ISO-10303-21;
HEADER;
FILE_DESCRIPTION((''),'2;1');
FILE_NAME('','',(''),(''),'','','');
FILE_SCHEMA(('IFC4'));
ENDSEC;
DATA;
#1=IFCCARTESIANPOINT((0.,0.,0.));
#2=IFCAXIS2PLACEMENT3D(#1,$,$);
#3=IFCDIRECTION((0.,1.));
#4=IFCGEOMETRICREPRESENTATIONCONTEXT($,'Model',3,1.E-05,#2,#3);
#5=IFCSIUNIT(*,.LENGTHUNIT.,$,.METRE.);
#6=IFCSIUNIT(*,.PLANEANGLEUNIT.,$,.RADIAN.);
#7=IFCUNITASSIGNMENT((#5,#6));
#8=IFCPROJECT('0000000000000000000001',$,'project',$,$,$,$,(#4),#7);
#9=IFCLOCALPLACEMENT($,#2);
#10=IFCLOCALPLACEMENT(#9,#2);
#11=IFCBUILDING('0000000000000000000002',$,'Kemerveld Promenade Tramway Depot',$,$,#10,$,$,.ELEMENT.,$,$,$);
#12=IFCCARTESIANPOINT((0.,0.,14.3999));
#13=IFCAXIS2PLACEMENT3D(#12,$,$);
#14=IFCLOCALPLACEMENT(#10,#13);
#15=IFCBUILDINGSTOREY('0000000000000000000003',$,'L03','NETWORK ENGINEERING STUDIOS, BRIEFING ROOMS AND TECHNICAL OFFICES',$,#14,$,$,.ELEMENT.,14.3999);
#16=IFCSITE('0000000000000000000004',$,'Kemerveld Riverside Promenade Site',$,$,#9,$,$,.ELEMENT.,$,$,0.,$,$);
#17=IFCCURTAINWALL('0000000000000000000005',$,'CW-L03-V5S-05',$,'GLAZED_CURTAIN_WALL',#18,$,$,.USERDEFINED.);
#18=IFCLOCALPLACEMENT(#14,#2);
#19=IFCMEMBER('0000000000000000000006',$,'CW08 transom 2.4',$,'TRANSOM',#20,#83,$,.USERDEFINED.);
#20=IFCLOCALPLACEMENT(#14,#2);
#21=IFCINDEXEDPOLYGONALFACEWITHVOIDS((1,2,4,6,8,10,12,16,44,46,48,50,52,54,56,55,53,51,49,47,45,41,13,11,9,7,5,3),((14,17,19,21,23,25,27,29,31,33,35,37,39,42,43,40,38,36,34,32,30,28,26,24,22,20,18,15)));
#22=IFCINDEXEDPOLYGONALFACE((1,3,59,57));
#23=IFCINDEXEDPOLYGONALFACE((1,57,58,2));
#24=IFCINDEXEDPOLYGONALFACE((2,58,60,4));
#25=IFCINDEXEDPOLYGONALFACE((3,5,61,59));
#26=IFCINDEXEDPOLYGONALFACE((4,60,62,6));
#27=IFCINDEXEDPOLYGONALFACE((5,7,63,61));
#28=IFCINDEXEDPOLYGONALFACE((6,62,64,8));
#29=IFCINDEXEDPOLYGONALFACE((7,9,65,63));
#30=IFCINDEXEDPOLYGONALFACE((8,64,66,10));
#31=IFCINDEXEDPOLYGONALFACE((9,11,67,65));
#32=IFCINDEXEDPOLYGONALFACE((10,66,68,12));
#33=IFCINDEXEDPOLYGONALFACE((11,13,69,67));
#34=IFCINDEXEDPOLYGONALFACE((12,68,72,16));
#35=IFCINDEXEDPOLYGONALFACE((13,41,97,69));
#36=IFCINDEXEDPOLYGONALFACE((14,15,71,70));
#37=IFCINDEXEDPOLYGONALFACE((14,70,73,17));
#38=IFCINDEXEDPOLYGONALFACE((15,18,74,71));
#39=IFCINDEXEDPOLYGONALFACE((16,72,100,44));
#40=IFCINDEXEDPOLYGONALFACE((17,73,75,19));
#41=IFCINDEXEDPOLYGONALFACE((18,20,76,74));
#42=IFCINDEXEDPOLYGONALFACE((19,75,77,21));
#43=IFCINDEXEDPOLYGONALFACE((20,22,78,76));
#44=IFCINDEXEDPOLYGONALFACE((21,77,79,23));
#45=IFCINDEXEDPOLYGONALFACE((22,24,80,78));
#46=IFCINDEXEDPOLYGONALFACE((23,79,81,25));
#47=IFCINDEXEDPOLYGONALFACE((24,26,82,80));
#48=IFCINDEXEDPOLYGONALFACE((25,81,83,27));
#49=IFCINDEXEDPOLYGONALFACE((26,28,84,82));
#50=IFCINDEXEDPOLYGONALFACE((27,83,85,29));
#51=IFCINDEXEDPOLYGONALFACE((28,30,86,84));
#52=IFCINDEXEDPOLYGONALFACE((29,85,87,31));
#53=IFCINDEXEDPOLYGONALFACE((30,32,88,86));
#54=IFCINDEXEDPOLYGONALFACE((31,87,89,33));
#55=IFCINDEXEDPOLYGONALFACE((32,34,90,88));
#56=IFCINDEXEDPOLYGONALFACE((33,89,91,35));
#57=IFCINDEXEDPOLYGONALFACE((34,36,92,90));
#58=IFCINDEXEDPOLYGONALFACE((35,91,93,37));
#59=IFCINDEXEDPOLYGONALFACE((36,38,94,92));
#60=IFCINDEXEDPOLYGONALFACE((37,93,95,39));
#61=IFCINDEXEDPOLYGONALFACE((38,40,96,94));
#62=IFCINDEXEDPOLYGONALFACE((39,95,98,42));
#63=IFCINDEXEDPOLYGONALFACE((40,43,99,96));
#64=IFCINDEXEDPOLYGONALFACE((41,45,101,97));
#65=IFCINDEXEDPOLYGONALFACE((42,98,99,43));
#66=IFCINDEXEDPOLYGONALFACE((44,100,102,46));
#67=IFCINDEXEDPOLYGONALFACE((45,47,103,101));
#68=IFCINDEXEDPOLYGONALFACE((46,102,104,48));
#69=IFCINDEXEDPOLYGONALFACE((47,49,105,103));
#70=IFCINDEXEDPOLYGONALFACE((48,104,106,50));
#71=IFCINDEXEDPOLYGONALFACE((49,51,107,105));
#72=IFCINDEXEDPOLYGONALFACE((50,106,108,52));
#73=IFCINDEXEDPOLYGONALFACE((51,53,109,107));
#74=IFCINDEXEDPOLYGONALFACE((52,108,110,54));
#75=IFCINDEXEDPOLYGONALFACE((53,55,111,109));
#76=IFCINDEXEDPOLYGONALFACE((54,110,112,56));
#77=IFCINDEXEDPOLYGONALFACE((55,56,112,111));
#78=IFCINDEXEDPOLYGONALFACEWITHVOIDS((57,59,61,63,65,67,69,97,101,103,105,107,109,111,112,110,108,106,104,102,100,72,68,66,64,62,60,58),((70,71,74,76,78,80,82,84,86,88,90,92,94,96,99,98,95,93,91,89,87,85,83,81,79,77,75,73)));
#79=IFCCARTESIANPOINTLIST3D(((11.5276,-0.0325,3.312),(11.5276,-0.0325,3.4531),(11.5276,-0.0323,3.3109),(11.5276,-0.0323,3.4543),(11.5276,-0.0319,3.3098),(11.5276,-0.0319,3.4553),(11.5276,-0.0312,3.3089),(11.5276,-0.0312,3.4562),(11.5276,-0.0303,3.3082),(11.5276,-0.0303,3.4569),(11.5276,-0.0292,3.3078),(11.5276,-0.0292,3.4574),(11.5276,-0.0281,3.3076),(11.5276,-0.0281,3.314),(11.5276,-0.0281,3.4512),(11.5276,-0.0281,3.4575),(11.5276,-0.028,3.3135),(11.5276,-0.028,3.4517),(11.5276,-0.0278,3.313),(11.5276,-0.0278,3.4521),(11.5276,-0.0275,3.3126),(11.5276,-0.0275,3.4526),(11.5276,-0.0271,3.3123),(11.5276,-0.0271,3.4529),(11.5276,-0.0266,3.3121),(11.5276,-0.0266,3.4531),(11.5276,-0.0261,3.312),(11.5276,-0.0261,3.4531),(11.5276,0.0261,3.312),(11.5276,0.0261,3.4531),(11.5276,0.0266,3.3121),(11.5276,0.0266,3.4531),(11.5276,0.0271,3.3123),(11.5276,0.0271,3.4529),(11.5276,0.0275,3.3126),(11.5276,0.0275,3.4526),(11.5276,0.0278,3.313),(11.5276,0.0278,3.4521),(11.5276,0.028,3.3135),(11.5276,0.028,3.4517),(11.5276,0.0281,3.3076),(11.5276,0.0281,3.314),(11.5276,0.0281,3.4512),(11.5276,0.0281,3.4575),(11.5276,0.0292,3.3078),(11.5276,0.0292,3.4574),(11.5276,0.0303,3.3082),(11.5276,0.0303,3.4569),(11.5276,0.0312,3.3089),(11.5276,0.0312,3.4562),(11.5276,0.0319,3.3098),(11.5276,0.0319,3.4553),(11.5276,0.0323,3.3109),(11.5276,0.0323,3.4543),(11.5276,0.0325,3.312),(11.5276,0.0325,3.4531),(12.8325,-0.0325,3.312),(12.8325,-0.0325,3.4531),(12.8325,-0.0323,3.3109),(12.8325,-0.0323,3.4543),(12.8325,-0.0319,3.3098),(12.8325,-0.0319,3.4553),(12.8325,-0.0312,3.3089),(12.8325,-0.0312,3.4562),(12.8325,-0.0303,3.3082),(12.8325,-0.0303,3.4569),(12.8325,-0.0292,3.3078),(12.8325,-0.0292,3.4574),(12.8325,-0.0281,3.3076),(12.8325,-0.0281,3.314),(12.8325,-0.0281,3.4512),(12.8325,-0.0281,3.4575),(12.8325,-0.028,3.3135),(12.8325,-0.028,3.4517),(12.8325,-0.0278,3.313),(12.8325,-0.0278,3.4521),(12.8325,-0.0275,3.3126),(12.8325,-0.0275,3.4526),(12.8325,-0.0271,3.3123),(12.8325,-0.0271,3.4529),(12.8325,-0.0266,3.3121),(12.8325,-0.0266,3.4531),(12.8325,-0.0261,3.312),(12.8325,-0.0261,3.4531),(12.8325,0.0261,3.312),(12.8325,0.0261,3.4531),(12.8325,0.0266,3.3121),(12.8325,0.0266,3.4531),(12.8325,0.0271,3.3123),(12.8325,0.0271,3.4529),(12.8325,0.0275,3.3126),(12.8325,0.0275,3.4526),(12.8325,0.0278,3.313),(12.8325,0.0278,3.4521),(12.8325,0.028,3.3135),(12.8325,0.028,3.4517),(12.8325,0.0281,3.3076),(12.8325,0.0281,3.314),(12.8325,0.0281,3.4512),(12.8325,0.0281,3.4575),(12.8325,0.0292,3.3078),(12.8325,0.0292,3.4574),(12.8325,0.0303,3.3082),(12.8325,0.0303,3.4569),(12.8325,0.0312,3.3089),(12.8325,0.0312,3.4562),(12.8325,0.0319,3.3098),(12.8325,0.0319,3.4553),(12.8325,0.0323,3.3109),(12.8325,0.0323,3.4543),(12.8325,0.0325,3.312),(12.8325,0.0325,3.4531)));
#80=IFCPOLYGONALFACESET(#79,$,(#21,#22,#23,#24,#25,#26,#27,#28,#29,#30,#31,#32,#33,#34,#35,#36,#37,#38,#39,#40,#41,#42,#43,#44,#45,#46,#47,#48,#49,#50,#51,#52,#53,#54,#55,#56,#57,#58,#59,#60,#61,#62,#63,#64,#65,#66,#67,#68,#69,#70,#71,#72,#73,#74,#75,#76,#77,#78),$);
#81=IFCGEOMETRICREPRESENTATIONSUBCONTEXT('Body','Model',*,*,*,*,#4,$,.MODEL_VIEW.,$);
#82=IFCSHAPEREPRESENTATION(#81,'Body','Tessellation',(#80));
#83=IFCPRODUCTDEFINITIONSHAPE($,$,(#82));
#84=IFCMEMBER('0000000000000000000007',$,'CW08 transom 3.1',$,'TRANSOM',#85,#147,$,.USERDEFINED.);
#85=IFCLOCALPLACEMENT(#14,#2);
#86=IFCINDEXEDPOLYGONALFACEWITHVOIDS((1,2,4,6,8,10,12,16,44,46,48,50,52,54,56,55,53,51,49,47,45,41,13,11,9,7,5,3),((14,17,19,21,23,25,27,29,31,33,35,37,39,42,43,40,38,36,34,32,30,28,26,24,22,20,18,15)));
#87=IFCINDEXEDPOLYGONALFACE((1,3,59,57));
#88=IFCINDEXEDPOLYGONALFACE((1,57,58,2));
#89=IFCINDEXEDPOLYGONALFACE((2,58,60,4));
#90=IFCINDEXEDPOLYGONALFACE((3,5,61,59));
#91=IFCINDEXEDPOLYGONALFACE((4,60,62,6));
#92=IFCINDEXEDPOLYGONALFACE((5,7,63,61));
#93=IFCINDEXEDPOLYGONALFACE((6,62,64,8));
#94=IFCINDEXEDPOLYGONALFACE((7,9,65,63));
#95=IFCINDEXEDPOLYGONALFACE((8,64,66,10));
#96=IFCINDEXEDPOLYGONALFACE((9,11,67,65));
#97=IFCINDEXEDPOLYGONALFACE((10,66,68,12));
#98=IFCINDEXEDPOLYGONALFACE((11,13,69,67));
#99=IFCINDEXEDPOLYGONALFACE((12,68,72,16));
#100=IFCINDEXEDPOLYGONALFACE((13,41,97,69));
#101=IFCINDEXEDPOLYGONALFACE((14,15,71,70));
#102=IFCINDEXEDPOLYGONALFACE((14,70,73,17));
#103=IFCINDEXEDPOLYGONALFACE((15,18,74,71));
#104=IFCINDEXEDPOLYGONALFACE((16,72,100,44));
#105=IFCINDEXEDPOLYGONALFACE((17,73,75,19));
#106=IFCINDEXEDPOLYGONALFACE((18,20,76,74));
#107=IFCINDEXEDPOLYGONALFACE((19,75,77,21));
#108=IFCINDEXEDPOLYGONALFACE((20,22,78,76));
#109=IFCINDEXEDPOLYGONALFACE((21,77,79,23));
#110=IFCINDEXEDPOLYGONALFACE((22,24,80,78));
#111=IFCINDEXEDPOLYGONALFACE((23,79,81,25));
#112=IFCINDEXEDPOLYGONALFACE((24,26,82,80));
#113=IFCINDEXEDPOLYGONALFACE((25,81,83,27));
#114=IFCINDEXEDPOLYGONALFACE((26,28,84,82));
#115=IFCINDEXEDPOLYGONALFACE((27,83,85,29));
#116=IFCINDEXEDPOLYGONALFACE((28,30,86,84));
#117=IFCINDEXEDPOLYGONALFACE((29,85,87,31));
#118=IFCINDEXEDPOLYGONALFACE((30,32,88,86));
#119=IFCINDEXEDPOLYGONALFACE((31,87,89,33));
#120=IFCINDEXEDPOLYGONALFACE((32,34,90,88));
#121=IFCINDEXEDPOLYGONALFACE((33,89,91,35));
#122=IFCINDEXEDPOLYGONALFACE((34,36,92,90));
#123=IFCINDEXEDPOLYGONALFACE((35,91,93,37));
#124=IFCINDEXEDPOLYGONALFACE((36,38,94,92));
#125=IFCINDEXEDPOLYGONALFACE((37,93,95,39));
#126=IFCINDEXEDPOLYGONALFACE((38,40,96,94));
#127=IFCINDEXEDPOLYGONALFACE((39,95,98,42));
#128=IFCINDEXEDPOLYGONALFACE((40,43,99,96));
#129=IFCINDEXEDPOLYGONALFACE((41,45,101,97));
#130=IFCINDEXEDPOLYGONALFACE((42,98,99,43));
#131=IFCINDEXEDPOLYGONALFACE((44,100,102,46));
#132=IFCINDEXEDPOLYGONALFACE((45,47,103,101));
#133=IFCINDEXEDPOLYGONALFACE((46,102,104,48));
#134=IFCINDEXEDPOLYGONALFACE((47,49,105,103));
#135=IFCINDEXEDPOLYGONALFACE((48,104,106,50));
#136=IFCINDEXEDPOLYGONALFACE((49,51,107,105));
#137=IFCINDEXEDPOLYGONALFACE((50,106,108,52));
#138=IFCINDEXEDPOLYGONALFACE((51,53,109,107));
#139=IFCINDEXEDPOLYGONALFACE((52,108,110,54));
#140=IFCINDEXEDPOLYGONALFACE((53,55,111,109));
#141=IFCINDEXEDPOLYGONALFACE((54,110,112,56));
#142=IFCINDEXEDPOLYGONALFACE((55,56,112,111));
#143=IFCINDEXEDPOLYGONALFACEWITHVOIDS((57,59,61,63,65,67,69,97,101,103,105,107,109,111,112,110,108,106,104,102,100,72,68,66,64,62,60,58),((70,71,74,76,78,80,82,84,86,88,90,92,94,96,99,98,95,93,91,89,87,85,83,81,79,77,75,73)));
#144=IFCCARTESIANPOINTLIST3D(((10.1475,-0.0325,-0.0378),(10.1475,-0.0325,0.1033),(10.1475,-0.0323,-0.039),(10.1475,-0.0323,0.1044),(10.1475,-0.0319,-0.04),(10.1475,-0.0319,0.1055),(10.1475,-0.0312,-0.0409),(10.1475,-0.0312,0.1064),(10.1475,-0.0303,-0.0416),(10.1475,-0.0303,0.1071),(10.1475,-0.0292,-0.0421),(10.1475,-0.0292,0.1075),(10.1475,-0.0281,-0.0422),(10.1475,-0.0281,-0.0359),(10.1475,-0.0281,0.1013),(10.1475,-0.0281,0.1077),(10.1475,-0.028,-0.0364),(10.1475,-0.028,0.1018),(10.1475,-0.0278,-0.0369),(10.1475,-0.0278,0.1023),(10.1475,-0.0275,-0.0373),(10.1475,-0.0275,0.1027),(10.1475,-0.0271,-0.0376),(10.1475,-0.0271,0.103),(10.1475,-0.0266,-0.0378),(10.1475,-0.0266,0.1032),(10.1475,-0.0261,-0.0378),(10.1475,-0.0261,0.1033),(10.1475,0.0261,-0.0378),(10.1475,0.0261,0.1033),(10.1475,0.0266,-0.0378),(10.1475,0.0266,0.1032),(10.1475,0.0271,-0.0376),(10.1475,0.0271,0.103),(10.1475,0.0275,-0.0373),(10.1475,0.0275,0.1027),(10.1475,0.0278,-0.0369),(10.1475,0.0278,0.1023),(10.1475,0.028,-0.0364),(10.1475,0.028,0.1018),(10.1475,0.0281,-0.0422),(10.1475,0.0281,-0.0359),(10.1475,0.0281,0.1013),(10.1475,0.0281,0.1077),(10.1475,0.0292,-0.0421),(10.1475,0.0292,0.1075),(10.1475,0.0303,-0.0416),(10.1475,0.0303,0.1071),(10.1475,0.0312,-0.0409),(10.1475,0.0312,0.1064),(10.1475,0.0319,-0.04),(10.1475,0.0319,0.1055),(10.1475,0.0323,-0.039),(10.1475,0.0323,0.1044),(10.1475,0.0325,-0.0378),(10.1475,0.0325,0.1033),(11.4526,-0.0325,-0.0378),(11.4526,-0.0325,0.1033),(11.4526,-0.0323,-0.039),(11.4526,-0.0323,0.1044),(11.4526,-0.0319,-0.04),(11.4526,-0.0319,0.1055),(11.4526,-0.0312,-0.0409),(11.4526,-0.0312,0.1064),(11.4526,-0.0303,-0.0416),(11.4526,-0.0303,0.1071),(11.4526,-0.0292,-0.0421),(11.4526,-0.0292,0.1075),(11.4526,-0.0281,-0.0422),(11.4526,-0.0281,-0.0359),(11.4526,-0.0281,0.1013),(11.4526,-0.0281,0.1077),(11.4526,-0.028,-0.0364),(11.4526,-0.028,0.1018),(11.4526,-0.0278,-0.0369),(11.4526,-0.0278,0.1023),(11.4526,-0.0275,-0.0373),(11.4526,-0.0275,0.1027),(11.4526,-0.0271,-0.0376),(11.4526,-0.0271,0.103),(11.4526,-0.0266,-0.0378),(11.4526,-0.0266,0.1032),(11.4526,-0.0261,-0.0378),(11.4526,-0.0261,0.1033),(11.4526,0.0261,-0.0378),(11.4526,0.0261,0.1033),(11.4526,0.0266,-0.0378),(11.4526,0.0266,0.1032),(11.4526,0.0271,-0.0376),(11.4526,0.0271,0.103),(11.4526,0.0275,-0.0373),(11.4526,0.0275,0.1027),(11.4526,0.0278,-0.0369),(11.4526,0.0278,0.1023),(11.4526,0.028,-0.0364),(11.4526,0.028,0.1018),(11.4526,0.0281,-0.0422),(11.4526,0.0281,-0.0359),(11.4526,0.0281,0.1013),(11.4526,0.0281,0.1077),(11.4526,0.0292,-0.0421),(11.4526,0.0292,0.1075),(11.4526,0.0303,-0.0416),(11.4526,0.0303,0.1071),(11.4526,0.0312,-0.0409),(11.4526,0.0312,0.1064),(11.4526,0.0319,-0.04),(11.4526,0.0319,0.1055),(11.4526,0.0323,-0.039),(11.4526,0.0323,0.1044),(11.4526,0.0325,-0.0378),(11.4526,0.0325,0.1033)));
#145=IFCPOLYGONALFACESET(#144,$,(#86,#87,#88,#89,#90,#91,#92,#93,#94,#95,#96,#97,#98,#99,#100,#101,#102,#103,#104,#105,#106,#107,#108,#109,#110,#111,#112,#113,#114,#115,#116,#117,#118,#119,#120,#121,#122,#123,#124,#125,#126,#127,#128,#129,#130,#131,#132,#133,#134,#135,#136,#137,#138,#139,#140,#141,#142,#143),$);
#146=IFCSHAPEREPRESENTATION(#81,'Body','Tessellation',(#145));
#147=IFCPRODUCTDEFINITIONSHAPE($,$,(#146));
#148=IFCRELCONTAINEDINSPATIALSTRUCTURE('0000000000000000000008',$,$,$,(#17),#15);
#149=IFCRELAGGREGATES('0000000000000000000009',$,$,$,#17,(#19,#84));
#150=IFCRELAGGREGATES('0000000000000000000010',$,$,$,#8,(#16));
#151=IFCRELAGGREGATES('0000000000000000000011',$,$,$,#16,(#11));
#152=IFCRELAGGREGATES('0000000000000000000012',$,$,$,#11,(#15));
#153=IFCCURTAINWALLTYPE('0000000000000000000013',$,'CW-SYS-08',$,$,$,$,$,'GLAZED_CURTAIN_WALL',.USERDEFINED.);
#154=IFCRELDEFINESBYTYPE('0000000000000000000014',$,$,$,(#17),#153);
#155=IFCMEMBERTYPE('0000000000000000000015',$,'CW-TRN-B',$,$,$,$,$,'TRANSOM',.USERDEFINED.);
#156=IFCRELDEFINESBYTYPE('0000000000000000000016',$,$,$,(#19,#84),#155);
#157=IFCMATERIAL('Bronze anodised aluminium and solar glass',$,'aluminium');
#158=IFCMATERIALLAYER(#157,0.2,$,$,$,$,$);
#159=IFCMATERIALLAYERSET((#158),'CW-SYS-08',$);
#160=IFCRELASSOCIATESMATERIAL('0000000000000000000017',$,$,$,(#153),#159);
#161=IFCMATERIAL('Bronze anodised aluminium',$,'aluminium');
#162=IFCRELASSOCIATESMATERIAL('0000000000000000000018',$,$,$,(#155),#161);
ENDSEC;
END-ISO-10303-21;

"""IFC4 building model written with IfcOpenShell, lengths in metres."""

from ifc_helpers import new_model, si_unit, direction, frame, origin, origin_2d, place, context, subcontext, project, spatial, hollow_rectangle, extrude, material, layer, layer_set, material_profile, profile_set, type_object, element, aggregate, save


model = new_model("IFC4")

# Units and contexts
model_context = context("Model", 3, precision=1e-05, world=origin(), true_north=direction((0.0, 1.0)))
body_context = subcontext(model_context, "Body", "Model", "MODEL_VIEW")
ifc_project = project(units=[si_unit("LENGTHUNIT", "METRE"), si_unit("PLANEANGLEUNIT", "RADIAN")], contexts=[model_context])

# Site, building, storey
site_placement = place(None, origin())
site = spatial("IfcSite", under=ifc_project, at=site_placement, Name="Kemerveld Riverside Promenade Site", CompositionType="ELEMENT", RefElevation=0.0)
building_placement = place(site_placement, origin())
building = spatial("IfcBuilding", under=site, at=building_placement, Name="Kemerveld Promenade Tramway Depot", CompositionType="ELEMENT")
storey_placement = place(building_placement, frame((0.0, 0.0, 14.3999)))
storey = spatial("IfcBuildingStorey", under=building, at=storey_placement, Name="L03", Description="NETWORK ENGINEERING STUDIOS, BRIEFING ROOMS AND TECHNICAL OFFICES", CompositionType="ELEMENT", Elevation=14.3999)

# Curtain wall, members
ifc_material_1 = material(Name="Bronze anodised aluminium and solar glass", Category="aluminium")
ifc_layer_1 = layer(ifc_material_1, 0.2)
ifc_layer_set_1 = layer_set([ifc_layer_1], Name="CW-SYS-08")
curtain_wall_type = type_object("IfcCurtainWallType", Name="CW-SYS-08", ElementType="GLAZED_CURTAIN_WALL", PredefinedType="USERDEFINED", material=ifc_layer_set_1)
curtain_wall_placement = place(storey_placement, origin())
curtain_wall = element("IfcCurtainWall", 1, at=curtain_wall_placement, inside=storey, type_object=curtain_wall_type, Name="CW-L03-V5S-05", ObjectType="GLAZED_CURTAIN_WALL", PredefinedType="USERDEFINED")
ifc_material_2 = material(Name="Bronze anodised aluminium", Category="aluminium")
ifc_material_profile_1 = material_profile(ifc_material_2, hollow_rectangle(XDim=0.0649, YDim=0.1499, WallThickness=0.0044, InnerFilletRadius=0.002, OuterFilletRadius=0.0044, at=origin_2d()), Name="CW-TRN-150x65")
ifc_profile_set_1 = profile_set([ifc_material_profile_1], Name="Bronze anodised aluminium")
member_type_1 = type_object("IfcMemberType", Name="CW-TRN-B", ElementType="TRANSOM", PredefinedType="USERDEFINED", material=ifc_profile_set_1)
member_1_placement = place(storey_placement, frame((12.8325, 0.0, 3.3826), z_axis=(-1.0, 0.0, 0.0), x_axis=(0.0, -1.0, 0.0)))
member_1 = element("IfcMember", 2, at=member_1_placement, type_object=member_type_1, Name="CW08 transom 2.4", ObjectType="TRANSOM", PredefinedType="USERDEFINED", context=body_context, shape_type="SweptSolid", body=[
    extrude(hollow_rectangle(XDim=0.0649, YDim=0.1499, WallThickness=0.0044, InnerFilletRadius=0.002, OuterFilletRadius=0.0044, at=origin_2d()), origin(), (0.0, 0.0, 1.0), 1.3049),
])
member_2_placement = place(storey_placement, frame((11.4526, 0.0, 0.0327), z_axis=(-1.0, 0.0, 0.0), x_axis=(0.0, -1.0, 0.0)))
member_2 = element("IfcMember", 3, at=member_2_placement, type_object=member_type_1, Name="CW08 transom 3.1", ObjectType="TRANSOM", PredefinedType="USERDEFINED", context=body_context, shape_type="SweptSolid", body=[
    extrude(hollow_rectangle(XDim=0.0649, YDim=0.1499, WallThickness=0.0044, InnerFilletRadius=0.002, OuterFilletRadius=0.0044, at=origin_2d()), origin(), (0.0, 0.0, 1.0), 1.3052),
])
aggregate(curtain_wall, [member_1, member_2])

save(model, "model.ifc")
